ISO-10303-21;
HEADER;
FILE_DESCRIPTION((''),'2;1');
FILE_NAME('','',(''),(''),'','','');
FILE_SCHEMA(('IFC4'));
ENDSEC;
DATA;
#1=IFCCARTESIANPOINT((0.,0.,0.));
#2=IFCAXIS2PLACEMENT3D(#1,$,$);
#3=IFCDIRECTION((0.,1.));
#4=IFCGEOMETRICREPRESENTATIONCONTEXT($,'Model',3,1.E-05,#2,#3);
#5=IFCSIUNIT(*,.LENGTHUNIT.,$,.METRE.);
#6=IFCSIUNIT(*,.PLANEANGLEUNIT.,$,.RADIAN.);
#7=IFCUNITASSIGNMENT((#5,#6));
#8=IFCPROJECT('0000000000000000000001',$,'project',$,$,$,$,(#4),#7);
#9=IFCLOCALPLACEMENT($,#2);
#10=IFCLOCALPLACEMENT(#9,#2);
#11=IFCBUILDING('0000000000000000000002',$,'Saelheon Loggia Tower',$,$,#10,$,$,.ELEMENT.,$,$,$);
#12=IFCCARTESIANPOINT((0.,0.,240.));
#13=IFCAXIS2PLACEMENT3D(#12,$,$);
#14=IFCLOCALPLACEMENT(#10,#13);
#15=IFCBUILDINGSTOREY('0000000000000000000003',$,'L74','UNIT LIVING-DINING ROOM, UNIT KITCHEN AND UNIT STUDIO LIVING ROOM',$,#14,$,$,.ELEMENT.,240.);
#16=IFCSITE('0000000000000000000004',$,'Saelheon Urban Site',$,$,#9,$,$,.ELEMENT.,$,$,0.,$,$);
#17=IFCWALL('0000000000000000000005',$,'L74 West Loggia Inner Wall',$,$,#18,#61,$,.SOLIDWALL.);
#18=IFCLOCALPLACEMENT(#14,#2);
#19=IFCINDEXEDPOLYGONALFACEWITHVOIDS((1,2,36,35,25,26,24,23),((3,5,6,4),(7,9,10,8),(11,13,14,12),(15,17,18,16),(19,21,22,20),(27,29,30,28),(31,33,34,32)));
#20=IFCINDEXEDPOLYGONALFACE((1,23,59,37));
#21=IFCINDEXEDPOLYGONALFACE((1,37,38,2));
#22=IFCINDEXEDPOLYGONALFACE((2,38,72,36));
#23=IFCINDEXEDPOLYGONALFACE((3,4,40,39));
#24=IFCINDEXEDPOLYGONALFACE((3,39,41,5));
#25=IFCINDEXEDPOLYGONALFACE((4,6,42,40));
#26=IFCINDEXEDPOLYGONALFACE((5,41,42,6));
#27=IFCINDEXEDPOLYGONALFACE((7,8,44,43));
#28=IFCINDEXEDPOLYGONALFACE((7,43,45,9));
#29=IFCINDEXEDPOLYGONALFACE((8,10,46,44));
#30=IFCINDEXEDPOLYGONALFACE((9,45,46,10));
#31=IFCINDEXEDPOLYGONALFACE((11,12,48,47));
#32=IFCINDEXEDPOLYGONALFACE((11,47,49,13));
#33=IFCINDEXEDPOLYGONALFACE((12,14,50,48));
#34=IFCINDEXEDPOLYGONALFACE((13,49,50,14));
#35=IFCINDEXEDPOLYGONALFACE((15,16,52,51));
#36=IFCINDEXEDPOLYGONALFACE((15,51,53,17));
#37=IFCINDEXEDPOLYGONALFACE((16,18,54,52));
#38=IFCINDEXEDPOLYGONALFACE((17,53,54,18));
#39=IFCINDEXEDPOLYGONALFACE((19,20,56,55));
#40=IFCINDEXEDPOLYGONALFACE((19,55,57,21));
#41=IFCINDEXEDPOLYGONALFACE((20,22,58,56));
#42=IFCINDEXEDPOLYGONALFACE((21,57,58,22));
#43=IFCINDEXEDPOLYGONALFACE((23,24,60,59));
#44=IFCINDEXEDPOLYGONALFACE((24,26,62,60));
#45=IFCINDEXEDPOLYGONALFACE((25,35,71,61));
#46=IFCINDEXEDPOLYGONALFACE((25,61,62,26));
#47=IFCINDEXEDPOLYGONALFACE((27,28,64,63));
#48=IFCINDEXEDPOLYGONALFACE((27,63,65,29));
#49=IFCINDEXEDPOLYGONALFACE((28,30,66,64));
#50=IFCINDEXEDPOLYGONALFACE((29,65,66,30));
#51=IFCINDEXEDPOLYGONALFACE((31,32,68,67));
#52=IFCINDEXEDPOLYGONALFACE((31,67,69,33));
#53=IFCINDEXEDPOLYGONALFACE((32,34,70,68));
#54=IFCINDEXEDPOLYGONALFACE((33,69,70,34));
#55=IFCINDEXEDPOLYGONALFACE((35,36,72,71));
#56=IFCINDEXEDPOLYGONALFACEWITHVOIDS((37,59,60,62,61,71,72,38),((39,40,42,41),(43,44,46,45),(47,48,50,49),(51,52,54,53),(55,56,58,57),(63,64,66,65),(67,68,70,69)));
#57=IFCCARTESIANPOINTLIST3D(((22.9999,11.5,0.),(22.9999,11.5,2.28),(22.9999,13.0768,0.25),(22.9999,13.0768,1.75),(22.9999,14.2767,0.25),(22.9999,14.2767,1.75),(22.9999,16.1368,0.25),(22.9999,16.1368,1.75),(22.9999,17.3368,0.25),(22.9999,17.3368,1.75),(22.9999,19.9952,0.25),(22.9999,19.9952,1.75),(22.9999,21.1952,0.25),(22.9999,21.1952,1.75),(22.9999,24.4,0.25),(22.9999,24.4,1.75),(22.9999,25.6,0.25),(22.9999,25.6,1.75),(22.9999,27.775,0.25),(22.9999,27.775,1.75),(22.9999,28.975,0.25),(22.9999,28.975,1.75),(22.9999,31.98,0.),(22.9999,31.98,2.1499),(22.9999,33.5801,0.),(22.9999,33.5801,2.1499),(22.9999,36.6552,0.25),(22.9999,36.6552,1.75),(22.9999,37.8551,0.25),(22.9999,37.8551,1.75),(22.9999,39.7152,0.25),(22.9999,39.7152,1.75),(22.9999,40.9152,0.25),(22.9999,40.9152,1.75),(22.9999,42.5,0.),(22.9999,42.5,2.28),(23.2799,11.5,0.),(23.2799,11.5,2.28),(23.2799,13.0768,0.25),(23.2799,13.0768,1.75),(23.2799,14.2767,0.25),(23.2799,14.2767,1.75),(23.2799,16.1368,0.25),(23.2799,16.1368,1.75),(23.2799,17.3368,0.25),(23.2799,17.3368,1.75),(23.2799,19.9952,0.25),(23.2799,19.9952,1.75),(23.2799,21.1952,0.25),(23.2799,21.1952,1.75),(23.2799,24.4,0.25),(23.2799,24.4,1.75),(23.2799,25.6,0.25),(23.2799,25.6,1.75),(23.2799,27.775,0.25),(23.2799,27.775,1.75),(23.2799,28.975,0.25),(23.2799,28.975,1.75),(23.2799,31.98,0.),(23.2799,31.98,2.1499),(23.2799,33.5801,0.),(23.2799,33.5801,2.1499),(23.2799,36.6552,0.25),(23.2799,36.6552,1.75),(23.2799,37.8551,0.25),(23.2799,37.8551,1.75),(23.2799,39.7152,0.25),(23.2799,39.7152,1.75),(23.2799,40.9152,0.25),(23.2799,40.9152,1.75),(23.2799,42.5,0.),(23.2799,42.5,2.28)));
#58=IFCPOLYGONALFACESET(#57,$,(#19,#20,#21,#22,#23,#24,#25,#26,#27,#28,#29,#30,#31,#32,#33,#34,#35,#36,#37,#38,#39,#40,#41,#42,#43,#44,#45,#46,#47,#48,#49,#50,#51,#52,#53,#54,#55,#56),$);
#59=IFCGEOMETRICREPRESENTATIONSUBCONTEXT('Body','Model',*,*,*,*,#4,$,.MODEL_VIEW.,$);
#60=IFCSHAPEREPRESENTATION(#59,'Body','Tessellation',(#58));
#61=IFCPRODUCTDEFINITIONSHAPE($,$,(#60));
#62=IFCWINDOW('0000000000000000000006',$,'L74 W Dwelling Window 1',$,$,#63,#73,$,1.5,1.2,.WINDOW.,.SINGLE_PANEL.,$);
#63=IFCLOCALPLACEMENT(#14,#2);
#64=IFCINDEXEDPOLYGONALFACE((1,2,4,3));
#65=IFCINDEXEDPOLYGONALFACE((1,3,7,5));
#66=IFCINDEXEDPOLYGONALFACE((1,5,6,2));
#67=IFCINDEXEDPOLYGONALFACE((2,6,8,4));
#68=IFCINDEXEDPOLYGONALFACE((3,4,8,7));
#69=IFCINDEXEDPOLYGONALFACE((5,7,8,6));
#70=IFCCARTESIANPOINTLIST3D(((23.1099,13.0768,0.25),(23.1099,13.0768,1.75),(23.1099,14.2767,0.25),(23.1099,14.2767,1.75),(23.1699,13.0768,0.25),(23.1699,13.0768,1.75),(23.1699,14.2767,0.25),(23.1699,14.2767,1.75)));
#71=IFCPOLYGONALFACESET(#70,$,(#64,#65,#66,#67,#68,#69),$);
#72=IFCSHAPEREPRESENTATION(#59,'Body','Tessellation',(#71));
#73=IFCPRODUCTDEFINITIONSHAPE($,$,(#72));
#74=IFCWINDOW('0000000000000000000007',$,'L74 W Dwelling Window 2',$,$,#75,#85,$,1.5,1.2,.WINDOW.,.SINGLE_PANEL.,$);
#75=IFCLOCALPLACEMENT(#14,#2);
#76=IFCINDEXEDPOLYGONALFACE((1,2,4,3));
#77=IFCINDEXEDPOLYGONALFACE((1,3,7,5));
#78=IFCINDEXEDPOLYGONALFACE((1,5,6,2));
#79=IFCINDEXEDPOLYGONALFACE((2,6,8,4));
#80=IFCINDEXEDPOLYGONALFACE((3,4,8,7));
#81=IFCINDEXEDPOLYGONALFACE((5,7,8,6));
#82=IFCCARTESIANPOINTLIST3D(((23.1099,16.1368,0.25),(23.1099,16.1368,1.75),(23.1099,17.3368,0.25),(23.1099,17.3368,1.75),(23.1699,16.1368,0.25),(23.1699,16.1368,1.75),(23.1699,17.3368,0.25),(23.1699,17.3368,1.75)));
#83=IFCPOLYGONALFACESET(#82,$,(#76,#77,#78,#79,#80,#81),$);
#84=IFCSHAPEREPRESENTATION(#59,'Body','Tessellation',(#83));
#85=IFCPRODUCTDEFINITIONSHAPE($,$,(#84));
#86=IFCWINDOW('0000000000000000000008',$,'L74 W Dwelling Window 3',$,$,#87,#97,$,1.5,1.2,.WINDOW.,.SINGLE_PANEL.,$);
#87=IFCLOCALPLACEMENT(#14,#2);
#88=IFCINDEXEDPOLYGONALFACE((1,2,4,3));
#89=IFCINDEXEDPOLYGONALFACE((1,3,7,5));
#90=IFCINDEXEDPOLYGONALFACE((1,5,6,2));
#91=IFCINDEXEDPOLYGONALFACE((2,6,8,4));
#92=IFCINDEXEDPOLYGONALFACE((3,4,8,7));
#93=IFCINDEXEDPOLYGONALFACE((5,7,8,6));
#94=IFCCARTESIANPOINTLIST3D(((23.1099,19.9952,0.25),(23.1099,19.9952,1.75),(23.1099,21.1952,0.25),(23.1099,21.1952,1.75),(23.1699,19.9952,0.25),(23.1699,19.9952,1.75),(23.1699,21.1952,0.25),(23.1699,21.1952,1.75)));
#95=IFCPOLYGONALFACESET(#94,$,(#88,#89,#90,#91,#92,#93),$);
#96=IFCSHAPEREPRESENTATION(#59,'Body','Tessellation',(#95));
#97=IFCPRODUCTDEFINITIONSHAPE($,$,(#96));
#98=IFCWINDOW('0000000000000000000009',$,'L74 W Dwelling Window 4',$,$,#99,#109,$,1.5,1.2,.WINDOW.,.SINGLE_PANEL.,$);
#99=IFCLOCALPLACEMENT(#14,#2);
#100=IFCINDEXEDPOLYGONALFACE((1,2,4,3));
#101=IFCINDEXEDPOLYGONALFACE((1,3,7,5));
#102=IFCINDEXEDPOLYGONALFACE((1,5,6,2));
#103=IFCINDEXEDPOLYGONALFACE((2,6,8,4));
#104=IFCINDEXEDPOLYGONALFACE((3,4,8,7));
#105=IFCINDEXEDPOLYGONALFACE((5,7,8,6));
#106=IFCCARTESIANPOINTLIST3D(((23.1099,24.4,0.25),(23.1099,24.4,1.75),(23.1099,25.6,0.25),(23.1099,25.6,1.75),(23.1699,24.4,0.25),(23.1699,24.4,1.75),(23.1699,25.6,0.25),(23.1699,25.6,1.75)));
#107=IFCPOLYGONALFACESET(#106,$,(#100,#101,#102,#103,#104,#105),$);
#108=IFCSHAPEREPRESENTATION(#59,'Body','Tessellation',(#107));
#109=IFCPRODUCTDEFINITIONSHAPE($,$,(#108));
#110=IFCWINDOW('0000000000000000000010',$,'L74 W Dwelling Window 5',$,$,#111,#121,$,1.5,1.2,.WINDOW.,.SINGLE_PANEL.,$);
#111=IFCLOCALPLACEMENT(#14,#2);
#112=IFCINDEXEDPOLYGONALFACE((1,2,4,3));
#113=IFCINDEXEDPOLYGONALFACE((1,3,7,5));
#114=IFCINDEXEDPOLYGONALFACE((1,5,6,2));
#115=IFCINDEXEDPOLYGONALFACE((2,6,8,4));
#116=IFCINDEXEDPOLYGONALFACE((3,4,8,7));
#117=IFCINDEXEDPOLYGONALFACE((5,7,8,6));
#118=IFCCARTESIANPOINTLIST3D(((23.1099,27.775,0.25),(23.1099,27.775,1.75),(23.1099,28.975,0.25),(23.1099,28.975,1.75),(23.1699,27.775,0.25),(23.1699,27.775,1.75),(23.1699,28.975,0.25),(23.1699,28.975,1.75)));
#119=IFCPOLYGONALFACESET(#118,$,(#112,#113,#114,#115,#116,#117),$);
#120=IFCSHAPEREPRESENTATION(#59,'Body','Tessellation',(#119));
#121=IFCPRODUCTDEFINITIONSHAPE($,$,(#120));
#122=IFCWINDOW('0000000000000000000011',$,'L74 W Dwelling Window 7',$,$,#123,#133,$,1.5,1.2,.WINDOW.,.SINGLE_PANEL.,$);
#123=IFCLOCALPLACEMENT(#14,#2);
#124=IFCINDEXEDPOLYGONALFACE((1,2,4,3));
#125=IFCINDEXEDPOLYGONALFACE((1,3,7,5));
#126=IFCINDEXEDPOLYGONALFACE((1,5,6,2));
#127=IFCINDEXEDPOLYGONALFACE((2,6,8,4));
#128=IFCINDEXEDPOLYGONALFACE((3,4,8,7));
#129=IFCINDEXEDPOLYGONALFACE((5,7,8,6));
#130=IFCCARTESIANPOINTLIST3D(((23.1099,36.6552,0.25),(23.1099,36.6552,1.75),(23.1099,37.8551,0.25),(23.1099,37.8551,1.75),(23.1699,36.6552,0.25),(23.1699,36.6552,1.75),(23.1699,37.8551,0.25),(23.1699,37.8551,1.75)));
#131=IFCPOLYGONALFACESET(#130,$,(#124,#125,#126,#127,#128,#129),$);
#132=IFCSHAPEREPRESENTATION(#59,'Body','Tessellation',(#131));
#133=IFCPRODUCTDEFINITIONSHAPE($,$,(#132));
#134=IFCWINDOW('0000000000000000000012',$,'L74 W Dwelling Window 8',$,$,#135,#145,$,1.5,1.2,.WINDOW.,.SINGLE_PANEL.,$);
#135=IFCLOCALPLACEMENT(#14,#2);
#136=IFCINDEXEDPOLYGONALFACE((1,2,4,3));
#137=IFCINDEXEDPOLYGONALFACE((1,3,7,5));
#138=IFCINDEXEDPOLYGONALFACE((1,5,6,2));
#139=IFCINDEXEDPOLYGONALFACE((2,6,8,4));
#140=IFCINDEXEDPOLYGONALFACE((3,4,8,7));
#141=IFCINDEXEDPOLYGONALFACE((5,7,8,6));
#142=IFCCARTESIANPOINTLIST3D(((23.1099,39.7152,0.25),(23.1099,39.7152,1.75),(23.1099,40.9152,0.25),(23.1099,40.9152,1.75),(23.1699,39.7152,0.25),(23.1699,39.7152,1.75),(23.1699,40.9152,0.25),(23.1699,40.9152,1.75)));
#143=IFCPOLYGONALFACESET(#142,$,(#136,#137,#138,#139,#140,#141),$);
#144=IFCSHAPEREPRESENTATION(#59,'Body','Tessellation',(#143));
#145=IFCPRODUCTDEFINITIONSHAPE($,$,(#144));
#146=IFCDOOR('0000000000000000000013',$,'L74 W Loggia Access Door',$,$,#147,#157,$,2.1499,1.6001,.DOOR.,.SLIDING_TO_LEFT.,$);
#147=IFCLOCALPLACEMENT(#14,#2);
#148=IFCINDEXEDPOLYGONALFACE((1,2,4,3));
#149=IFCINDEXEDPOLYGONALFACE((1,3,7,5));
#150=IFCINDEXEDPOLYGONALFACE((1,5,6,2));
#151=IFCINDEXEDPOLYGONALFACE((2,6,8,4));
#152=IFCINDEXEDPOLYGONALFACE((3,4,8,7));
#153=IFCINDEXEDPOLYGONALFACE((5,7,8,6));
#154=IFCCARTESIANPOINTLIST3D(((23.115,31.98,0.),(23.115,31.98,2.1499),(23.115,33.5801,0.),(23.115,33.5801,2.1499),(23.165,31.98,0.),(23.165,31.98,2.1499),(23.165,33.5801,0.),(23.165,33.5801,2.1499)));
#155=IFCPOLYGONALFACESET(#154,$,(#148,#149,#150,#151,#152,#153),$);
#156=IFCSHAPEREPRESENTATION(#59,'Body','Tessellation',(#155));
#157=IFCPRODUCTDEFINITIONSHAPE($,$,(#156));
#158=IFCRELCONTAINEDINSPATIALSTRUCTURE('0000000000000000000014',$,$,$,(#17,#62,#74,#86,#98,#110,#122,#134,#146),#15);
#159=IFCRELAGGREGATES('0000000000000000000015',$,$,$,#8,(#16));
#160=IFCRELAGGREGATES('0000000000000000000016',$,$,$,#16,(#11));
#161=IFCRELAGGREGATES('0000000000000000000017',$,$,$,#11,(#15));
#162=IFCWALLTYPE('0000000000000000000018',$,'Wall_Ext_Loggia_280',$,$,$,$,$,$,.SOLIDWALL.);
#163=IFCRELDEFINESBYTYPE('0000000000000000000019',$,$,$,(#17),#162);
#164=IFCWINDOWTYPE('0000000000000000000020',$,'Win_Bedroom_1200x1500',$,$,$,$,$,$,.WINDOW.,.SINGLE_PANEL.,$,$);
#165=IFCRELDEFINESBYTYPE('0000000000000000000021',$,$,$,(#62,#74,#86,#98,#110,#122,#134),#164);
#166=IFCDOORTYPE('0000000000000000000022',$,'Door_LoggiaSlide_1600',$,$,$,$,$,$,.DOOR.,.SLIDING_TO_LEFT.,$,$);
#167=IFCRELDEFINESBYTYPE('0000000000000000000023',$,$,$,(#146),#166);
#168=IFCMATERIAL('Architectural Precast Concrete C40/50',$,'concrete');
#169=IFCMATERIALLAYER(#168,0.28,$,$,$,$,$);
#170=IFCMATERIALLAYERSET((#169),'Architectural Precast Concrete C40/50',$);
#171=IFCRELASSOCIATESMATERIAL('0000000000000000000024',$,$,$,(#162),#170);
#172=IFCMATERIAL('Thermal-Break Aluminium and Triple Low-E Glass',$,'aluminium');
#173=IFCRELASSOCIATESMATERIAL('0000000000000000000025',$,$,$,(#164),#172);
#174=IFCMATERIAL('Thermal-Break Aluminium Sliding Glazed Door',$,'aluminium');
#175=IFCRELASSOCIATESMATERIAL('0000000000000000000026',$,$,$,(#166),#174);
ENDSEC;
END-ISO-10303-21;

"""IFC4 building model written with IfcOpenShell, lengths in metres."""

from ifc_helpers import new_model, si_unit, direction, frame, frame_2d, origin, place, context, subcontext, project, spatial, rectangle, extrude, source, transform, mapped, material, layer, layer_set, type_object, element, fill, save


model = new_model("IFC4")

# Units and contexts
model_context = context("Model", 3, precision=1e-05, world=origin(), true_north=direction((0.0, 1.0)))
body_context = subcontext(model_context, "Body", "Model", "MODEL_VIEW")
ifc_project = project(units=[si_unit("LENGTHUNIT", "METRE"), si_unit("PLANEANGLEUNIT", "RADIAN")], contexts=[model_context])

# Site, building, storey
site_placement = place(None, origin())
site = spatial("IfcSite", under=ifc_project, at=site_placement, Name="Saelheon Urban Site", CompositionType="ELEMENT", RefElevation=0.0)
building_placement = place(site_placement, origin())
building = spatial("IfcBuilding", under=site, at=building_placement, Name="Saelheon Loggia Tower", CompositionType="ELEMENT")
storey_placement = place(building_placement, frame((0.0, 0.0, 240.0)))
storey = spatial("IfcBuildingStorey", under=building, at=storey_placement, Name="L74", Description="UNIT LIVING-DINING ROOM, UNIT KITCHEN AND UNIT STUDIO LIVING ROOM", CompositionType="ELEMENT", Elevation=240.0)

# Wall, openings, windows, door
ifc_material_1 = material(Name="Architectural Precast Concrete C40/50", Category="concrete")
ifc_layer_1 = layer(ifc_material_1, 0.28)
ifc_layer_set_1 = layer_set([ifc_layer_1], Name="Architectural Precast Concrete C40/50")
wall_type_1 = type_object("IfcWallType", Name="Wall_Ext_Loggia_280", PredefinedType="SOLIDWALL", material=ifc_layer_set_1)
wall_1_placement = place(storey_placement, frame((23.1399, 11.5, 0.0), z_axis=(0.0, 0.0, 1.0), x_axis=(0.0, 1.0, 0.0)))
wall_1 = element("IfcWall", 1, at=wall_1_placement, inside=storey, type_object=wall_type_1, Name="L74 West Loggia Inner Wall", PredefinedType="SOLIDWALL", context=body_context, shape_type="SweptSolid", body=[
    extrude(rectangle(XDim=31.0, YDim=0.28, at=frame_2d((15.5, 0.0))), origin(), (0.0, 0.0, 1.0), 2.28),
])
opening_1_placement = place(wall_1_placement, frame((1.5767, 0.0, 0.25)))
opening_1 = element("IfcOpeningElement", 2, at=opening_1_placement, cuts=wall_1, PredefinedType="OPENING", context=body_context, shape_type="SweptSolid", body=[
    extrude(rectangle(XDim=1.2, YDim=1.5, at=frame_2d((0.6001, 0.75))), frame((0.0, 0.1521, 0.0), z_axis=(0.0, -1.0, 0.0), x_axis=(1.0, 0.0, 0.0)), (0.0, 0.0, 1.0), 0.304),
])
opening_2_placement = place(wall_1_placement, frame((4.6367, 0.0, 0.25)))
opening_2 = element("IfcOpeningElement", 3, at=opening_2_placement, cuts=wall_1, PredefinedType="OPENING", context=body_context, shape_type="SweptSolid", body=[
    extrude(rectangle(XDim=1.2, YDim=1.5, at=frame_2d((0.6001, 0.75))), frame((0.0, 0.1521, 0.0), z_axis=(0.0, -1.0, 0.0), x_axis=(1.0, 0.0, 0.0)), (0.0, 0.0, 1.0), 0.304),
])
opening_3_placement = place(wall_1_placement, frame((8.4951, 0.0, 0.25)))
opening_3 = element("IfcOpeningElement", 4, at=opening_3_placement, cuts=wall_1, PredefinedType="OPENING", context=body_context, shape_type="SweptSolid", body=[
    extrude(rectangle(XDim=1.2, YDim=1.5, at=frame_2d((0.6001, 0.75))), frame((0.0, 0.1521, 0.0), z_axis=(0.0, -1.0, 0.0), x_axis=(1.0, 0.0, 0.0)), (0.0, 0.0, 1.0), 0.304),
])
opening_4_placement = place(wall_1_placement, frame((12.8999, 0.0, 0.25)))
opening_4 = element("IfcOpeningElement", 5, at=opening_4_placement, cuts=wall_1, PredefinedType="OPENING", context=body_context, shape_type="SweptSolid", body=[
    extrude(rectangle(XDim=1.2, YDim=1.5, at=frame_2d((0.6001, 0.75))), frame((0.0, 0.1521, 0.0), z_axis=(0.0, -1.0, 0.0), x_axis=(1.0, 0.0, 0.0)), (0.0, 0.0, 1.0), 0.304),
])
opening_5_placement = place(wall_1_placement, frame((16.2749, 0.0, 0.25)))
opening_5 = element("IfcOpeningElement", 6, at=opening_5_placement, cuts=wall_1, PredefinedType="OPENING", context=body_context, shape_type="SweptSolid", body=[
    extrude(rectangle(XDim=1.2, YDim=1.5, at=frame_2d((0.6001, 0.75))), frame((0.0, 0.1521, 0.0), z_axis=(0.0, -1.0, 0.0), x_axis=(1.0, 0.0, 0.0)), (0.0, 0.0, 1.0), 0.304),
])
opening_6_placement = place(wall_1_placement, frame((20.48, 0.0, 0.0)))
opening_6 = element("IfcOpeningElement", 7, at=opening_6_placement, cuts=wall_1, PredefinedType="OPENING", context=body_context, shape_type="SweptSolid", body=[
    extrude(rectangle(XDim=1.6001, YDim=2.1499, at=frame_2d((0.8, 1.075))), frame((0.0, 0.1521, 0.0), z_axis=(0.0, -1.0, 0.0), x_axis=(1.0, 0.0, 0.0)), (0.0, 0.0, 1.0), 0.304),
])
opening_7_placement = place(wall_1_placement, frame((25.155, 0.0, 0.25)))
opening_7 = element("IfcOpeningElement", 8, at=opening_7_placement, cuts=wall_1, PredefinedType="OPENING", context=body_context, shape_type="SweptSolid", body=[
    extrude(rectangle(XDim=1.2, YDim=1.5, at=frame_2d((0.6001, 0.75))), frame((0.0, 0.1521, 0.0), z_axis=(0.0, -1.0, 0.0), x_axis=(1.0, 0.0, 0.0)), (0.0, 0.0, 1.0), 0.304),
])
opening_8_placement = place(wall_1_placement, frame((28.2151, 0.0, 0.25)))
opening_8 = element("IfcOpeningElement", 9, at=opening_8_placement, cuts=wall_1, PredefinedType="OPENING", context=body_context, shape_type="SweptSolid", body=[
    extrude(rectangle(XDim=1.2, YDim=1.5, at=frame_2d((0.6001, 0.75))), frame((0.0, 0.1521, 0.0), z_axis=(0.0, -1.0, 0.0), x_axis=(1.0, 0.0, 0.0)), (0.0, 0.0, 1.0), 0.304),
])
ifc_material_2 = material(Name="Thermal-Break Aluminium and Triple Low-E Glass", Category="aluminium")
window_type = type_object("IfcWindowType", Name="Win_Bedroom_1200x1500", PartitioningType="SINGLE_PANEL", PredefinedType="WINDOW", material=ifc_material_2)
shared_shape_1 = source(origin(), body_context, "Body", "SweptSolid", [
    extrude(rectangle(XDim=1.2, YDim=1.5, at=frame_2d((0.6001, 0.75))), frame((0.0, 0.03, 0.0), z_axis=(0.0, -1.0, 0.0), x_axis=(1.0, 0.0, 0.0)), (0.0, 0.0, 1.0), 0.0601),
])
window_1_placement = place(opening_1_placement, origin())
window_1 = element("IfcWindow", 10, at=window_1_placement, inside=storey, type_object=window_type, Name="L74 W Dwelling Window 1", OverallHeight=1.5, OverallWidth=1.2, PartitioningType="SINGLE_PANEL", PredefinedType="WINDOW", context=body_context, shape_type="MappedRepresentation", body=[
    mapped(shared_shape_1, transform((0.0, 0.0, 0.0), scale=1.0)),
])
fill(opening_1, window_1)
window_2_placement = place(opening_2_placement, origin())
window_2 = element("IfcWindow", 11, at=window_2_placement, inside=storey, type_object=window_type, Name="L74 W Dwelling Window 2", OverallHeight=1.5, OverallWidth=1.2, PartitioningType="SINGLE_PANEL", PredefinedType="WINDOW", context=body_context, shape_type="MappedRepresentation", body=[
    mapped(shared_shape_1, transform((0.0, 0.0, 0.0), scale=1.0)),
])
fill(opening_2, window_2)
window_3_placement = place(opening_3_placement, origin())
window_3 = element("IfcWindow", 12, at=window_3_placement, inside=storey, type_object=window_type, Name="L74 W Dwelling Window 3", OverallHeight=1.5, OverallWidth=1.2, PartitioningType="SINGLE_PANEL", PredefinedType="WINDOW", context=body_context, shape_type="MappedRepresentation", body=[
    mapped(shared_shape_1, transform((0.0, 0.0, 0.0), scale=1.0)),
])
fill(opening_3, window_3)
window_4_placement = place(opening_4_placement, origin())
window_4 = element("IfcWindow", 13, at=window_4_placement, inside=storey, type_object=window_type, Name="L74 W Dwelling Window 4", OverallHeight=1.5, OverallWidth=1.2, PartitioningType="SINGLE_PANEL", PredefinedType="WINDOW", context=body_context, shape_type="MappedRepresentation", body=[
    mapped(shared_shape_1, transform((0.0, 0.0, 0.0), scale=1.0)),
])
fill(opening_4, window_4)
window_5_placement = place(opening_5_placement, origin())
window_5 = element("IfcWindow", 14, at=window_5_placement, inside=storey, type_object=window_type, Name="L74 W Dwelling Window 5", OverallHeight=1.5, OverallWidth=1.2, PartitioningType="SINGLE_PANEL", PredefinedType="WINDOW", context=body_context, shape_type="MappedRepresentation", body=[
    mapped(shared_shape_1, transform((0.0, 0.0, 0.0), scale=1.0)),
])
fill(opening_5, window_5)
window_6_placement = place(opening_7_placement, origin())
window_6 = element("IfcWindow", 15, at=window_6_placement, inside=storey, type_object=window_type, Name="L74 W Dwelling Window 7", OverallHeight=1.5, OverallWidth=1.2, PartitioningType="SINGLE_PANEL", PredefinedType="WINDOW", context=body_context, shape_type="MappedRepresentation", body=[
    mapped(shared_shape_1, transform((0.0, 0.0, 0.0), scale=1.0)),
])
fill(opening_7, window_6)
window_7_placement = place(opening_8_placement, origin())
window_7 = element("IfcWindow", 16, at=window_7_placement, inside=storey, type_object=window_type, Name="L74 W Dwelling Window 8", OverallHeight=1.5, OverallWidth=1.2, PartitioningType="SINGLE_PANEL", PredefinedType="WINDOW", context=body_context, shape_type="MappedRepresentation", body=[
    mapped(shared_shape_1, transform((0.0, 0.0, 0.0), scale=1.0)),
])
fill(opening_8, window_7)
ifc_material_3 = material(Name="Thermal-Break Aluminium Sliding Glazed Door", Category="aluminium")
door_type_1 = type_object("IfcDoorType", Name="Door_LoggiaSlide_1600", OperationType="SLIDING_TO_LEFT", PredefinedType="DOOR", material=ifc_material_3)
shared_shape_2 = source(origin(), body_context, "Body", "SweptSolid", [
    extrude(rectangle(XDim=1.6001, YDim=2.1499, at=frame_2d((0.8, 1.075))), frame((0.0, 0.0249, 0.0), z_axis=(0.0, -1.0, 0.0), x_axis=(1.0, 0.0, 0.0)), (0.0, 0.0, 1.0), 0.05),
])
door_1_placement = place(opening_6_placement, origin())
door_1 = element("IfcDoor", 17, at=door_1_placement, inside=storey, type_object=door_type_1, Name="L74 W Loggia Access Door", OperationType="SLIDING_TO_LEFT", OverallHeight=2.1499, OverallWidth=1.6001, PredefinedType="DOOR", context=body_context, shape_type="MappedRepresentation", body=[
    mapped(shared_shape_2, transform((0.0, 0.0, 0.0), scale=1.0)),
])
fill(opening_6, door_1)

save(model, "model.ifc")
